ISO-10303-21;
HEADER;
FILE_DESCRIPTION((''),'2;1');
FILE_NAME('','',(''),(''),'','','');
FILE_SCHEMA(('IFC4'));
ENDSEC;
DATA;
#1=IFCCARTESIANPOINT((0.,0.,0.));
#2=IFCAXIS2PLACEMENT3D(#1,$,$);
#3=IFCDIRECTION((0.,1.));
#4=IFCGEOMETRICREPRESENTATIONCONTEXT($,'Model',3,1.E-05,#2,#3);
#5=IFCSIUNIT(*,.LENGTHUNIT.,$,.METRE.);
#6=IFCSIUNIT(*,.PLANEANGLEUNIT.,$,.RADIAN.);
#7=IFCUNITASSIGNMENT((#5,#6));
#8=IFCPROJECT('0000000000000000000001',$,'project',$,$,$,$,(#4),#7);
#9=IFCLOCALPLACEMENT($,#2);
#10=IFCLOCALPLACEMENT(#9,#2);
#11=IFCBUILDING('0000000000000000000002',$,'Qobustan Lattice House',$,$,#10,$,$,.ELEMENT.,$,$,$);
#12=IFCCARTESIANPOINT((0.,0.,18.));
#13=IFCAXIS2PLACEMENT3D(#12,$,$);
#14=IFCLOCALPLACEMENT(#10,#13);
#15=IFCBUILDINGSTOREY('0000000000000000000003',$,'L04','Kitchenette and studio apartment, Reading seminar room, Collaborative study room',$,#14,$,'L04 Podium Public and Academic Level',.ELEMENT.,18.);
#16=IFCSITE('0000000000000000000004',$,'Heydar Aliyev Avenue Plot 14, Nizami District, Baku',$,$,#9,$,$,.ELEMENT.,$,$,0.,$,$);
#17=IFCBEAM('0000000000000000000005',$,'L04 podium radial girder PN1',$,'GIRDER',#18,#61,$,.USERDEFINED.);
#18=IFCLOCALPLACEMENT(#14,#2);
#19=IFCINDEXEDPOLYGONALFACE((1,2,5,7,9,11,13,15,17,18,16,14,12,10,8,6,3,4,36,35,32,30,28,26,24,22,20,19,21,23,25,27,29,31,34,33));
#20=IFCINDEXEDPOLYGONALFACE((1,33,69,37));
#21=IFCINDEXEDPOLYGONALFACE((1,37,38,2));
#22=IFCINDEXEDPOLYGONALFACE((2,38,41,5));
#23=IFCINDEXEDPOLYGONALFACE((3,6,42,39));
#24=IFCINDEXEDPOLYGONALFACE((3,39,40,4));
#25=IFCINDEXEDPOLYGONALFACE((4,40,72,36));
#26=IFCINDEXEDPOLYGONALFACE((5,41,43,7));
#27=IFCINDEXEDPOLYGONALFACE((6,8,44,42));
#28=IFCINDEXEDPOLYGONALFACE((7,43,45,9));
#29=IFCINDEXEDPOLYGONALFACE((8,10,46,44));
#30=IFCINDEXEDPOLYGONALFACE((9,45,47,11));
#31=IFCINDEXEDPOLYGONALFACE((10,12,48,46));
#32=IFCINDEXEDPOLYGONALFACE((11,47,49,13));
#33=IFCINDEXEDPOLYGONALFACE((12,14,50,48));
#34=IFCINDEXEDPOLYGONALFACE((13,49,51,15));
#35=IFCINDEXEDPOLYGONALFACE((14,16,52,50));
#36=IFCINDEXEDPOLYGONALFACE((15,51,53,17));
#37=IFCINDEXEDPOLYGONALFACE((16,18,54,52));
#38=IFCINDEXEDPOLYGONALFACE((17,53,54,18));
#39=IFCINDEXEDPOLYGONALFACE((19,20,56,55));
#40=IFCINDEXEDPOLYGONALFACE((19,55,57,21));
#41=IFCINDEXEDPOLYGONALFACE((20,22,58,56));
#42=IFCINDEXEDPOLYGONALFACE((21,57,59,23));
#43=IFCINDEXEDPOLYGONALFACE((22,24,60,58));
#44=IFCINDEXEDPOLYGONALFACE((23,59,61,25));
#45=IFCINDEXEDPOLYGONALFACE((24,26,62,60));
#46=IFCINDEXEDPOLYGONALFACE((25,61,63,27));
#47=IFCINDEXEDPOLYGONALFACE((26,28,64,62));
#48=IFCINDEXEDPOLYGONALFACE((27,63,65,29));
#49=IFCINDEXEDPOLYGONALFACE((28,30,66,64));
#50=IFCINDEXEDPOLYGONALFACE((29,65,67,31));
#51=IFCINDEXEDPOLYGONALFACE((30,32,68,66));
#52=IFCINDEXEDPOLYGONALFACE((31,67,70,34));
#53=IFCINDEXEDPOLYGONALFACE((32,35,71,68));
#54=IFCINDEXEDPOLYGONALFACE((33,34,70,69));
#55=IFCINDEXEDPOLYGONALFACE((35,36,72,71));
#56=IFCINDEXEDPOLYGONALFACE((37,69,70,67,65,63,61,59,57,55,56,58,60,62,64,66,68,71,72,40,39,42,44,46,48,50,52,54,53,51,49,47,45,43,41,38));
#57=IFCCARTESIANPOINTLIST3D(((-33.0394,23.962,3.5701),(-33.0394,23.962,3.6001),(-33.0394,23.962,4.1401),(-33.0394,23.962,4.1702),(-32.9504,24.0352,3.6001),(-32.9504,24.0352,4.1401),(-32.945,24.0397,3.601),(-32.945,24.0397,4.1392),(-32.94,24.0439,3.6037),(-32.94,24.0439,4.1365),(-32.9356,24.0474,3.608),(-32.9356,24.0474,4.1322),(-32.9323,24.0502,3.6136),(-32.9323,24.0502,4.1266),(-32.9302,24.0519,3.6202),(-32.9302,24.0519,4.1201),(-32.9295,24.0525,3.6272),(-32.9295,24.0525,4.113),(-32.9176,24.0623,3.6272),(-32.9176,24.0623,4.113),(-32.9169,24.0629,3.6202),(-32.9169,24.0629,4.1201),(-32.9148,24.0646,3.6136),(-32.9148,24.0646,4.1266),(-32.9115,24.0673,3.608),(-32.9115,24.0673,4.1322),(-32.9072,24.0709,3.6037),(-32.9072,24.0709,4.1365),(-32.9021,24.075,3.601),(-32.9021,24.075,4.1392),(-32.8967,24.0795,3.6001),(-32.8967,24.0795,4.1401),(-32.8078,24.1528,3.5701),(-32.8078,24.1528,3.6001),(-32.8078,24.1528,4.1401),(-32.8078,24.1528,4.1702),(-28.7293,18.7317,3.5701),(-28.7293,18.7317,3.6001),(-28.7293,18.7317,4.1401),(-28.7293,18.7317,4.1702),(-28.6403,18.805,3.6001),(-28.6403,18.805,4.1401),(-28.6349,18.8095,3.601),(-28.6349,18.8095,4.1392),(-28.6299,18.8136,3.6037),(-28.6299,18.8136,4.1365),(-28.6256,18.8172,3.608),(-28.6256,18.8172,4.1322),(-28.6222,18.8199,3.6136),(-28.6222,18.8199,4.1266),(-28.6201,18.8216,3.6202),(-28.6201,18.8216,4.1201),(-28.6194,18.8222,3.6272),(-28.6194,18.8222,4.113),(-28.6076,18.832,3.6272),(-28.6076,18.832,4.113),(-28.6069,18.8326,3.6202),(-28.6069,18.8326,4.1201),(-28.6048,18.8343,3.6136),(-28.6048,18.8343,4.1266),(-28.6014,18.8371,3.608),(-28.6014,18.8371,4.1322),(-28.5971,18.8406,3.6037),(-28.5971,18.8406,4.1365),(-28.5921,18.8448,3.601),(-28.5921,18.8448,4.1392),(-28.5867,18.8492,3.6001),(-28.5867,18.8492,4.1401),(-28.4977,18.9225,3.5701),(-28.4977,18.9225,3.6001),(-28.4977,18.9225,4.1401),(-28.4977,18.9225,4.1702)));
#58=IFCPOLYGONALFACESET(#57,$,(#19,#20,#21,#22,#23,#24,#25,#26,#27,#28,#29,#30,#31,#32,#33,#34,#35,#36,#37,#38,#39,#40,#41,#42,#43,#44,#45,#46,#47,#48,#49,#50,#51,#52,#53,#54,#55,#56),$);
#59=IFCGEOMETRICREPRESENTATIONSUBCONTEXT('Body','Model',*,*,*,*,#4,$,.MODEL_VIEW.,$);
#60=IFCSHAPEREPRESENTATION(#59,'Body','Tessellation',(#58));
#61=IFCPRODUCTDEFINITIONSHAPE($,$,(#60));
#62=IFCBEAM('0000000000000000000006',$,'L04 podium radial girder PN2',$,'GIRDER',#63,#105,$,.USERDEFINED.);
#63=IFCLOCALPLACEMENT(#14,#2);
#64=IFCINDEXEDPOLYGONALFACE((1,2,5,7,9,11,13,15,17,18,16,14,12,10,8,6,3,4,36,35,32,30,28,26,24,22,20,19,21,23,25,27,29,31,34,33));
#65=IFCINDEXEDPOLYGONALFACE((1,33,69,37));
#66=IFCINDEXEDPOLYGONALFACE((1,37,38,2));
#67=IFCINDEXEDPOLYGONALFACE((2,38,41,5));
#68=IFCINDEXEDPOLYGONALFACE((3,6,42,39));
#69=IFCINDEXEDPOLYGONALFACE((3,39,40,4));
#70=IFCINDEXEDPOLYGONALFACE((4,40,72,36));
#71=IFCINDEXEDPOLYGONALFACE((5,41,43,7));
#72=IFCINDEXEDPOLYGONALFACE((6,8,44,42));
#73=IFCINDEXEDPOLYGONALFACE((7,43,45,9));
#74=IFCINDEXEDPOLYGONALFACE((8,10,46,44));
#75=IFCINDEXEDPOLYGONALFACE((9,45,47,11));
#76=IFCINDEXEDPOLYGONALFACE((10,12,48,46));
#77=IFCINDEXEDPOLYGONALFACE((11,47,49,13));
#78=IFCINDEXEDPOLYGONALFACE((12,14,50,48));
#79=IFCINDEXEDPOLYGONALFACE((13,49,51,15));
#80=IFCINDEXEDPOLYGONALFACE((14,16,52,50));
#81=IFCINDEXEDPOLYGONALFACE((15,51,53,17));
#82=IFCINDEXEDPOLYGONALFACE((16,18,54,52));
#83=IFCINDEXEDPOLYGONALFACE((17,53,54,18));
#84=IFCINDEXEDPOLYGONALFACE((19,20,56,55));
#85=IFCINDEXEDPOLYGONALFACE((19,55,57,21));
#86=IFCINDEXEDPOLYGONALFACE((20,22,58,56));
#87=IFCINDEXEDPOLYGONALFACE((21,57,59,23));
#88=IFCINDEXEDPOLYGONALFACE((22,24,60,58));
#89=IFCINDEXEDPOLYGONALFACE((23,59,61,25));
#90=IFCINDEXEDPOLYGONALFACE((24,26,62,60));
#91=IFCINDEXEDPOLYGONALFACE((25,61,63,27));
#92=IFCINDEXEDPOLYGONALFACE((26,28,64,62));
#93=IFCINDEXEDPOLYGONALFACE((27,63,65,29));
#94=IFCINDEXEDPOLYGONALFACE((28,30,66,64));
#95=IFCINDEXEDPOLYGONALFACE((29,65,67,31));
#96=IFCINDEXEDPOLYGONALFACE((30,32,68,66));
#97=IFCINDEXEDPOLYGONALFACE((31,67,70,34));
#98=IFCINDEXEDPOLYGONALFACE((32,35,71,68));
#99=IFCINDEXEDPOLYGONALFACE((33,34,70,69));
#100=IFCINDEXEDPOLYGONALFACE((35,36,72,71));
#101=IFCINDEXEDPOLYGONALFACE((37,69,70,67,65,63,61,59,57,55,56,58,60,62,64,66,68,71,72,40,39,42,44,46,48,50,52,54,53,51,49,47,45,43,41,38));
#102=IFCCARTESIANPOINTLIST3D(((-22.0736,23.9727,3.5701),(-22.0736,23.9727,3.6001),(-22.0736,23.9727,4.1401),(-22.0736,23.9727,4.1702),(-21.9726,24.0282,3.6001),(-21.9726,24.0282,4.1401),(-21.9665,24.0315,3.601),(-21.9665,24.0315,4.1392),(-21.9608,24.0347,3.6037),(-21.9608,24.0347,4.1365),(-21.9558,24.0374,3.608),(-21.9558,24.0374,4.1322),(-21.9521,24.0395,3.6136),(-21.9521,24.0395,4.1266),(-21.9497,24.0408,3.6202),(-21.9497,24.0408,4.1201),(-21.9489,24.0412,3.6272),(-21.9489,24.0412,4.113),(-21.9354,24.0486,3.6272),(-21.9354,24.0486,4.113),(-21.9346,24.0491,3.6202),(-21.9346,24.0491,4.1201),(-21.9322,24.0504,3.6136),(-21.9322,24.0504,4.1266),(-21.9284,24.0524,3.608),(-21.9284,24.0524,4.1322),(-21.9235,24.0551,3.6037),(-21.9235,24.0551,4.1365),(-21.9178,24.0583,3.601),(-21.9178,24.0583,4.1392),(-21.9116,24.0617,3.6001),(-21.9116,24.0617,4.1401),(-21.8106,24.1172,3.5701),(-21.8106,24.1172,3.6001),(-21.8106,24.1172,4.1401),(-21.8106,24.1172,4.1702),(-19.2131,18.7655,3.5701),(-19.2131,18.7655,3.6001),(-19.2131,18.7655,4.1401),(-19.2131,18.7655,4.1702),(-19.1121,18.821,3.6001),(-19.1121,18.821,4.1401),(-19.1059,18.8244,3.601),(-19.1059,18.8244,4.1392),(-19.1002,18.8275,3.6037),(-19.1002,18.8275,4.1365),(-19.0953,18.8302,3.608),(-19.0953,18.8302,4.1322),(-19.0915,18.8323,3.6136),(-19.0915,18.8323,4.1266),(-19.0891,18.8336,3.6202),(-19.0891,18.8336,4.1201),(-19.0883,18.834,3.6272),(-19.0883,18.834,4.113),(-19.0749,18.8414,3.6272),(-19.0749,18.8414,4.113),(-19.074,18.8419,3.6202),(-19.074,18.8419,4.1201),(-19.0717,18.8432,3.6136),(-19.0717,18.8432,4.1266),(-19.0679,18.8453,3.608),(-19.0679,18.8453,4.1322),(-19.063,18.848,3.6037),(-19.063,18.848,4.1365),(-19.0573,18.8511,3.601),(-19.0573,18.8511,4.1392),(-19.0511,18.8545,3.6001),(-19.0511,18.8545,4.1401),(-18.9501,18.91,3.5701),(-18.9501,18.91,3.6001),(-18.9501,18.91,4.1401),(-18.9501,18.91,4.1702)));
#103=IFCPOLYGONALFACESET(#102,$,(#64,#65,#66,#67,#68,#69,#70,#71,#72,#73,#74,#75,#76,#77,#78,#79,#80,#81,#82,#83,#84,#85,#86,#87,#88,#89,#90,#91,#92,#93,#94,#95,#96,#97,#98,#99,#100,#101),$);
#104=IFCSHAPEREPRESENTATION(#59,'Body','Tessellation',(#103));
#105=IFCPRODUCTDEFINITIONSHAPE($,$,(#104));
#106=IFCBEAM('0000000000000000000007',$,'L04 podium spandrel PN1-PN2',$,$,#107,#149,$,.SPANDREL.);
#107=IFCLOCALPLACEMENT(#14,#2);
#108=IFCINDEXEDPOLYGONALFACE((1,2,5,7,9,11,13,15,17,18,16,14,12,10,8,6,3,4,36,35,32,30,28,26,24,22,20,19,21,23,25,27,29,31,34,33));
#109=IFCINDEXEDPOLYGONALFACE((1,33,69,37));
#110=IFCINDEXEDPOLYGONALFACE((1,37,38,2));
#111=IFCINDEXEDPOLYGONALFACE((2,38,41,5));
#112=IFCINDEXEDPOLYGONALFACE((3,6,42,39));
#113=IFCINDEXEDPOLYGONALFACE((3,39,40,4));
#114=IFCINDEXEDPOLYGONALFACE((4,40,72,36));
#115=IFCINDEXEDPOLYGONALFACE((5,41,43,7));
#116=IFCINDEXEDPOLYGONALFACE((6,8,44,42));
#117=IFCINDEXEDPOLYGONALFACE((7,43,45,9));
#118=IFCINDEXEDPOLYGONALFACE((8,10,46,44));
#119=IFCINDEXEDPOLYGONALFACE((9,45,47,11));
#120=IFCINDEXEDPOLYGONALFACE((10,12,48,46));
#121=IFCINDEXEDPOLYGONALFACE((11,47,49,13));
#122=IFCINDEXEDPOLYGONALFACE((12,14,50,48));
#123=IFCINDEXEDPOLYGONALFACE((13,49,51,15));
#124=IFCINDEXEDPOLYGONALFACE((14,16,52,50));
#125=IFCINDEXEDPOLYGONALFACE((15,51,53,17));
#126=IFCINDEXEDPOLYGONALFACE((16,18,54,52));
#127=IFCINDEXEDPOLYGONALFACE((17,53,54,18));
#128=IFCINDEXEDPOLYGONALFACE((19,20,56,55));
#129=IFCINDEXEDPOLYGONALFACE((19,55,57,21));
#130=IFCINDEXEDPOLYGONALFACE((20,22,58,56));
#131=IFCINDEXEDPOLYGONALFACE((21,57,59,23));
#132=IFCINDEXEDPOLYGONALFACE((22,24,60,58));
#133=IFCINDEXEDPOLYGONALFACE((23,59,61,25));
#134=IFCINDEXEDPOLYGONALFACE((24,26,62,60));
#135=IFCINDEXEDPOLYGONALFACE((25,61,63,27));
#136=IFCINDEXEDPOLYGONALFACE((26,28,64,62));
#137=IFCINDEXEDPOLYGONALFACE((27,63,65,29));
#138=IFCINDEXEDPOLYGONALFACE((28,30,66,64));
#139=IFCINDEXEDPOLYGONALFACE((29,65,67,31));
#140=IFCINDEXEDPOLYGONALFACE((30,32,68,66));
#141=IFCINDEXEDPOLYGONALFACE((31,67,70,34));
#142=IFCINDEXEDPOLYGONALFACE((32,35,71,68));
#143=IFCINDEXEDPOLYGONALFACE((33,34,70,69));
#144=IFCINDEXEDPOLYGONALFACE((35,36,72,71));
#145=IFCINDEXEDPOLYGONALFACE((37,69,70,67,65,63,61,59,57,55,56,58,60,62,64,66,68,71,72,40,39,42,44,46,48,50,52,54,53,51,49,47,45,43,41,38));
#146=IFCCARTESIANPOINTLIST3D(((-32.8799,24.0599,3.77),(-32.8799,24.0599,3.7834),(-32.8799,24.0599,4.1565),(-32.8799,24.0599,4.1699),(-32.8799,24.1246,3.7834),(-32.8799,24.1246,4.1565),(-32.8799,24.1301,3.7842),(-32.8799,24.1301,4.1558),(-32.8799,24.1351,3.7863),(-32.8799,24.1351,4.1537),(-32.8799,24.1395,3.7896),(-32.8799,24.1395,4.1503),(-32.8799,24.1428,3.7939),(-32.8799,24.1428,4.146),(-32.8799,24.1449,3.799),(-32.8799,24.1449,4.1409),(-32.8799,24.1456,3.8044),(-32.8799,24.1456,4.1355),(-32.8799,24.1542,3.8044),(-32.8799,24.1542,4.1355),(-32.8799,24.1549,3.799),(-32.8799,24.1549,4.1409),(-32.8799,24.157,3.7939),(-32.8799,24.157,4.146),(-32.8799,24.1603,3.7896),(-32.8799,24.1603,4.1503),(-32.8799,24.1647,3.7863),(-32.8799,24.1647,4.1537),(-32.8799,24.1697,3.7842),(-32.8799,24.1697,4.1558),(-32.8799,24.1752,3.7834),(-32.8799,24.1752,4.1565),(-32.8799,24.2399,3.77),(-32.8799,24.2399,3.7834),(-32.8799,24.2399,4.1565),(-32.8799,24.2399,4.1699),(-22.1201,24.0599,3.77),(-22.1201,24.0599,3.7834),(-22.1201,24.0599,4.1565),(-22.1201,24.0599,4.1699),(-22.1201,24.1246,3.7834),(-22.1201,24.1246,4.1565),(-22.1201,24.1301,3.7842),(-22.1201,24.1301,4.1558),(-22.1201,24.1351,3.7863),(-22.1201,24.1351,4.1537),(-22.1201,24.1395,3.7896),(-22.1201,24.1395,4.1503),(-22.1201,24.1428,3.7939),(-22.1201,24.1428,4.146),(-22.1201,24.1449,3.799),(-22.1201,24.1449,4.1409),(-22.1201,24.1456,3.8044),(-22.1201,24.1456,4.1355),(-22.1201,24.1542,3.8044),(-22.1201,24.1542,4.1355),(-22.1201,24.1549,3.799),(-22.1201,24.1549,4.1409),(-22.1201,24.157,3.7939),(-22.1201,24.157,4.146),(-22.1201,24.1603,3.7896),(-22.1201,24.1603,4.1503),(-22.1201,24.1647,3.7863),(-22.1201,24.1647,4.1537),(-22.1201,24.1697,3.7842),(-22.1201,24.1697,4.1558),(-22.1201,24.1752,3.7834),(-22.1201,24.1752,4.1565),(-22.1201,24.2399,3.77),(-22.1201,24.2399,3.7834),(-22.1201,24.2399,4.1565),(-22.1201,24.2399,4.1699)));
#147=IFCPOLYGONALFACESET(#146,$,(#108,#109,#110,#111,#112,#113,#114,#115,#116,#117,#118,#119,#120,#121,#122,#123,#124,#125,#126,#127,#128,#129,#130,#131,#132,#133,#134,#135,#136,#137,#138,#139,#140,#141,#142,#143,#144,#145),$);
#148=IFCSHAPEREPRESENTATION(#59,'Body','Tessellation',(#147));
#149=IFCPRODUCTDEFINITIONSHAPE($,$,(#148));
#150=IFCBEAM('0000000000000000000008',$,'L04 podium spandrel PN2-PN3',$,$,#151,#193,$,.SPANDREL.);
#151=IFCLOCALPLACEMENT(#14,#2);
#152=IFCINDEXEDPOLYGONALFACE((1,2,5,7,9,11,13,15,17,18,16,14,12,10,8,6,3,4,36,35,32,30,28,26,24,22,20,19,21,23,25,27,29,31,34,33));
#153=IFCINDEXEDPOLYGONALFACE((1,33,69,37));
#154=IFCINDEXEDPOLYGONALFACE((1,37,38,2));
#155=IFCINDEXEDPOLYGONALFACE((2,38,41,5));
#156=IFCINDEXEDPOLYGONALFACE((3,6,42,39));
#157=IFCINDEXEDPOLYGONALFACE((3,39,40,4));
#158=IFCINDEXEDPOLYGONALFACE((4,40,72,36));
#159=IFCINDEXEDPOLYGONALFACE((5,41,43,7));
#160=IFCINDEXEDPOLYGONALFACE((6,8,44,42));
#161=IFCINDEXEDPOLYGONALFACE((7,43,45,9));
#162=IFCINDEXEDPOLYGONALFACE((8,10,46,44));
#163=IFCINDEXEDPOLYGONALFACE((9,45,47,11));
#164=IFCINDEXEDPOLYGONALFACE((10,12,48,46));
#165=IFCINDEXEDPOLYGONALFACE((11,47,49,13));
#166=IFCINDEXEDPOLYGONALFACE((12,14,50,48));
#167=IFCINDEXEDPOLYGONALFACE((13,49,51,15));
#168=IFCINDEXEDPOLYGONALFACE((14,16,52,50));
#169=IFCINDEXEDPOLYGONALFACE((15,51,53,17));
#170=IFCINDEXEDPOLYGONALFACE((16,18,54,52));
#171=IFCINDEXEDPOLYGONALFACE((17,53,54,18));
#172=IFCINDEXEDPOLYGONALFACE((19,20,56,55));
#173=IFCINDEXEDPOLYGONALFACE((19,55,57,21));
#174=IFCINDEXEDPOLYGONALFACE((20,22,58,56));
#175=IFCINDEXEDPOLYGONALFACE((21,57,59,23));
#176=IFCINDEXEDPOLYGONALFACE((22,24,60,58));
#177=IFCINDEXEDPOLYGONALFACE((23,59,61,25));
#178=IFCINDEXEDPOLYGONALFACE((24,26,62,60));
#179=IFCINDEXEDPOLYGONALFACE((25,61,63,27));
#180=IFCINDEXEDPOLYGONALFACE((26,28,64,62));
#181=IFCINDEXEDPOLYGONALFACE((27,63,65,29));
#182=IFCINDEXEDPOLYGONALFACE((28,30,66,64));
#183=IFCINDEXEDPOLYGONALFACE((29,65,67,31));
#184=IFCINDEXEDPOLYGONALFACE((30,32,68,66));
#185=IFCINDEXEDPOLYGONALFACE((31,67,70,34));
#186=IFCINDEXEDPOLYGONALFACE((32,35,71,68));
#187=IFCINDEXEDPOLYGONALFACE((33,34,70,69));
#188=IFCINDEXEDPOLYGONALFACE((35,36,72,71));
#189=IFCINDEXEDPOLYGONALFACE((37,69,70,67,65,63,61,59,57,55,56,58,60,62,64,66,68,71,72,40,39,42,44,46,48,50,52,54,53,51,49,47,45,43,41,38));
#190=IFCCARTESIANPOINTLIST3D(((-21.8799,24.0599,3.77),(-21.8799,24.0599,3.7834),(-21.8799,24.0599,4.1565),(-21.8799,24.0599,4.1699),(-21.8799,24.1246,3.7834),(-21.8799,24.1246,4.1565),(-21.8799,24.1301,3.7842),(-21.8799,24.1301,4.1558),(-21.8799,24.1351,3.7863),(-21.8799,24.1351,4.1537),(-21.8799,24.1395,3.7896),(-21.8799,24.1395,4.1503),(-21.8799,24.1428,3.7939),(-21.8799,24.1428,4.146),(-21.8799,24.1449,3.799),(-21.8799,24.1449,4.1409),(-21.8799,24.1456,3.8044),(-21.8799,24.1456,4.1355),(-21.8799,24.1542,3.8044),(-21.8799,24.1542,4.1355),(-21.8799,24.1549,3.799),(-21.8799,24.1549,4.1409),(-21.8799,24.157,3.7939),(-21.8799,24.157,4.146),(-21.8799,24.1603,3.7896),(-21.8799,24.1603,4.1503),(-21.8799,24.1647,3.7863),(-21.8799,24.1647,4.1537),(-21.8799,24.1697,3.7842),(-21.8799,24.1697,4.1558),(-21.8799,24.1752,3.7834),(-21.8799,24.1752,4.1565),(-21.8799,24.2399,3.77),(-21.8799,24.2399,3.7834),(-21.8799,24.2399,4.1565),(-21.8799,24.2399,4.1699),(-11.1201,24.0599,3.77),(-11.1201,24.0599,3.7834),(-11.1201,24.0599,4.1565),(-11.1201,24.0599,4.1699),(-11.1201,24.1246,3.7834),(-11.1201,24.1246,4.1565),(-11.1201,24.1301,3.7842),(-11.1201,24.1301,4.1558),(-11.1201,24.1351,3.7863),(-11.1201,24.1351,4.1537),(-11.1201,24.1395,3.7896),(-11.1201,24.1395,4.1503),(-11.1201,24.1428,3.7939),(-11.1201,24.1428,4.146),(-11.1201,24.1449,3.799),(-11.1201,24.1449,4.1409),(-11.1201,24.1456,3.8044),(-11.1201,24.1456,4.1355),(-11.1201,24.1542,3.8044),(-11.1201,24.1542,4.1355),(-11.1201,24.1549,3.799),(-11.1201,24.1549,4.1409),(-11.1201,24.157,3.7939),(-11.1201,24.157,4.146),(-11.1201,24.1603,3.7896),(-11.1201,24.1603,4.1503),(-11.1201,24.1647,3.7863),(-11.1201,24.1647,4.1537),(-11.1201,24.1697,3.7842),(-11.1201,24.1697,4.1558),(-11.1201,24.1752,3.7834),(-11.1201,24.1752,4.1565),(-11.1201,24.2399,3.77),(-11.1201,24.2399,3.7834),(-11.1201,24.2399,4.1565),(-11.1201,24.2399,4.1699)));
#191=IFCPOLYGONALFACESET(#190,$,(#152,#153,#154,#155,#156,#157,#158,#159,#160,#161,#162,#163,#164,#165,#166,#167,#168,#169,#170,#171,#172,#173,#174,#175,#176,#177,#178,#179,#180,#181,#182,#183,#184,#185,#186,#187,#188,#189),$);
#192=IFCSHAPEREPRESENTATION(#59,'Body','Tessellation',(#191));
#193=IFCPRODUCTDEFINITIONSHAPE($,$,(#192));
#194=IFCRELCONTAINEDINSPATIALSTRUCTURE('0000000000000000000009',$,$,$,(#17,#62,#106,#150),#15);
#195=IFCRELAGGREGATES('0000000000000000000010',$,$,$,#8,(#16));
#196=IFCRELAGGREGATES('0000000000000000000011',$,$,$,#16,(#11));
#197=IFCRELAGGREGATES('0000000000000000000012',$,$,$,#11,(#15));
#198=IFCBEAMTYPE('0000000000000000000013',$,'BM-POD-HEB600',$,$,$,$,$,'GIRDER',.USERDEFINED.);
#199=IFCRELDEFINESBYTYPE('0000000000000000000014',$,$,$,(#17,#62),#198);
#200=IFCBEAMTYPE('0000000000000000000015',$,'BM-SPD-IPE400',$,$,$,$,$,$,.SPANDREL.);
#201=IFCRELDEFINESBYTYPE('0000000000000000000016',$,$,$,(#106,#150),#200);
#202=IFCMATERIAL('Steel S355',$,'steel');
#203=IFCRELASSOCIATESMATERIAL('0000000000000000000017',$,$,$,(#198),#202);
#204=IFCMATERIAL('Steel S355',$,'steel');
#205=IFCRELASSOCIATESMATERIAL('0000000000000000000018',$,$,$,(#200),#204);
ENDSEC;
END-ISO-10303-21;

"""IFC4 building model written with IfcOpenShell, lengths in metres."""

from ifc_helpers import new_model, si_unit, direction, frame, origin, origin_2d, place, context, subcontext, project, spatial, i_section, extrude, material, material_profile, profile_set, type_object, element, save


model = new_model("IFC4")

# Units and contexts
model_context = context("Model", 3, precision=1e-05, world=origin(), true_north=direction((0.0, 1.0)))
body_context = subcontext(model_context, "Body", "Model", "MODEL_VIEW")
ifc_project = project(units=[si_unit("LENGTHUNIT", "METRE"), si_unit("PLANEANGLEUNIT", "RADIAN")], contexts=[model_context])

# Site, building, storey
site_placement = place(None, origin())
site = spatial("IfcSite", under=ifc_project, at=site_placement, Name="Heydar Aliyev Avenue Plot 14, Nizami District, Baku", CompositionType="ELEMENT", RefElevation=0.0)
building_placement = place(site_placement, origin())
building = spatial("IfcBuilding", under=site, at=building_placement, Name="Qobustan Lattice House", CompositionType="ELEMENT")
storey_placement = place(building_placement, frame((0.0, 0.0, 18.0)))
storey = spatial("IfcBuildingStorey", under=building, at=storey_placement, Name="L04", Description="Kitchenette and studio apartment, Reading seminar room, Collaborative study room", LongName="L04 Podium Public and Academic Level", CompositionType="ELEMENT", Elevation=18.0)

# Beams
ifc_material_1 = material(Name="Steel S355", Category="steel")
ifc_material_profile_1 = material_profile(ifc_material_1, i_section(OverallWidth=0.3, OverallDepth=0.6001, WebThickness=0.0154, FlangeThickness=0.03, FilletRadius=0.0271, at=origin_2d()), Name="HEB600")
ifc_profile_set_1 = profile_set([ifc_material_profile_1], Name="Steel S355")
beam_type_1 = type_object("IfcBeamType", Name="BM-POD-HEB600", ElementType="GIRDER", PredefinedType="USERDEFINED", material=ifc_profile_set_1)
beam_1_placement = place(storey_placement, frame((-32.9236, 24.0574, 3.8701), z_axis=(0.635955, -0.771726, 0.0), x_axis=(0.771726, 0.635955, 0.0)))
element("IfcBeam", 1, at=beam_1_placement, inside=storey, type_object=beam_type_1, Name="L04 podium radial girder PN1", ObjectType="GIRDER", PredefinedType="USERDEFINED", context=body_context, shape_type="SweptSolid", body=[
    extrude(i_section(OverallWidth=0.3, OverallDepth=0.6001, WebThickness=0.0154, FlangeThickness=0.03, FilletRadius=0.0271, at=origin_2d()), origin(), (0.0, 0.0, 1.0), 6.7773),
])
beam_2_placement = place(storey_placement, frame((-21.9421, 24.0449, 3.8701), z_axis=(0.481479, -0.876458, 0.0), x_axis=(0.876458, 0.481479, 0.0)))
element("IfcBeam", 2, at=beam_2_placement, inside=storey, type_object=beam_type_1, Name="L04 podium radial girder PN2", ObjectType="GIRDER", PredefinedType="USERDEFINED", context=body_context, shape_type="SweptSolid", body=[
    extrude(i_section(OverallWidth=0.3, OverallDepth=0.6001, WebThickness=0.0154, FlangeThickness=0.03, FilletRadius=0.0271, at=origin_2d()), origin(), (0.0, 0.0, 1.0), 5.9412),
])
ifc_material_2 = material(Name="Steel S355", Category="steel")
ifc_material_profile_2 = material_profile(ifc_material_2, i_section(OverallWidth=0.1799, OverallDepth=0.3999, WebThickness=0.0085, FlangeThickness=0.0134, FilletRadius=0.021, at=origin_2d()), Name="IPE400")
ifc_profile_set_2 = profile_set([ifc_material_profile_2], Name="Steel S355")
beam_type_2 = type_object("IfcBeamType", Name="BM-SPD-IPE400", PredefinedType="SPANDREL", material=ifc_profile_set_2)
for number, where, z_axis, x_axis, name in (
    (3, (-32.8799, 24.1499, 3.97), (1.0, 0.0, 0.0), (0.0, 1.0, 0.0), "L04 podium spandrel PN1-PN2"),
    (4, (-21.8799, 24.1499, 3.97), (1.0, 0.0, 0.0), (0.0, 1.0, 0.0), "L04 podium spandrel PN2-PN3"),
):
    element("IfcBeam", number, at=place(storey_placement, frame(where, z_axis=z_axis, x_axis=x_axis)), inside=storey, type_object=beam_type_2, Name=name, PredefinedType="SPANDREL", context=body_context, shape_type="SweptSolid", body=[
        extrude(i_section(OverallWidth=0.1799, OverallDepth=0.3999, WebThickness=0.0085, FlangeThickness=0.0134, FilletRadius=0.021, at=origin_2d()), origin(), (0.0, 0.0, 1.0), 10.7598),
    ])

save(model, "model.ifc")
